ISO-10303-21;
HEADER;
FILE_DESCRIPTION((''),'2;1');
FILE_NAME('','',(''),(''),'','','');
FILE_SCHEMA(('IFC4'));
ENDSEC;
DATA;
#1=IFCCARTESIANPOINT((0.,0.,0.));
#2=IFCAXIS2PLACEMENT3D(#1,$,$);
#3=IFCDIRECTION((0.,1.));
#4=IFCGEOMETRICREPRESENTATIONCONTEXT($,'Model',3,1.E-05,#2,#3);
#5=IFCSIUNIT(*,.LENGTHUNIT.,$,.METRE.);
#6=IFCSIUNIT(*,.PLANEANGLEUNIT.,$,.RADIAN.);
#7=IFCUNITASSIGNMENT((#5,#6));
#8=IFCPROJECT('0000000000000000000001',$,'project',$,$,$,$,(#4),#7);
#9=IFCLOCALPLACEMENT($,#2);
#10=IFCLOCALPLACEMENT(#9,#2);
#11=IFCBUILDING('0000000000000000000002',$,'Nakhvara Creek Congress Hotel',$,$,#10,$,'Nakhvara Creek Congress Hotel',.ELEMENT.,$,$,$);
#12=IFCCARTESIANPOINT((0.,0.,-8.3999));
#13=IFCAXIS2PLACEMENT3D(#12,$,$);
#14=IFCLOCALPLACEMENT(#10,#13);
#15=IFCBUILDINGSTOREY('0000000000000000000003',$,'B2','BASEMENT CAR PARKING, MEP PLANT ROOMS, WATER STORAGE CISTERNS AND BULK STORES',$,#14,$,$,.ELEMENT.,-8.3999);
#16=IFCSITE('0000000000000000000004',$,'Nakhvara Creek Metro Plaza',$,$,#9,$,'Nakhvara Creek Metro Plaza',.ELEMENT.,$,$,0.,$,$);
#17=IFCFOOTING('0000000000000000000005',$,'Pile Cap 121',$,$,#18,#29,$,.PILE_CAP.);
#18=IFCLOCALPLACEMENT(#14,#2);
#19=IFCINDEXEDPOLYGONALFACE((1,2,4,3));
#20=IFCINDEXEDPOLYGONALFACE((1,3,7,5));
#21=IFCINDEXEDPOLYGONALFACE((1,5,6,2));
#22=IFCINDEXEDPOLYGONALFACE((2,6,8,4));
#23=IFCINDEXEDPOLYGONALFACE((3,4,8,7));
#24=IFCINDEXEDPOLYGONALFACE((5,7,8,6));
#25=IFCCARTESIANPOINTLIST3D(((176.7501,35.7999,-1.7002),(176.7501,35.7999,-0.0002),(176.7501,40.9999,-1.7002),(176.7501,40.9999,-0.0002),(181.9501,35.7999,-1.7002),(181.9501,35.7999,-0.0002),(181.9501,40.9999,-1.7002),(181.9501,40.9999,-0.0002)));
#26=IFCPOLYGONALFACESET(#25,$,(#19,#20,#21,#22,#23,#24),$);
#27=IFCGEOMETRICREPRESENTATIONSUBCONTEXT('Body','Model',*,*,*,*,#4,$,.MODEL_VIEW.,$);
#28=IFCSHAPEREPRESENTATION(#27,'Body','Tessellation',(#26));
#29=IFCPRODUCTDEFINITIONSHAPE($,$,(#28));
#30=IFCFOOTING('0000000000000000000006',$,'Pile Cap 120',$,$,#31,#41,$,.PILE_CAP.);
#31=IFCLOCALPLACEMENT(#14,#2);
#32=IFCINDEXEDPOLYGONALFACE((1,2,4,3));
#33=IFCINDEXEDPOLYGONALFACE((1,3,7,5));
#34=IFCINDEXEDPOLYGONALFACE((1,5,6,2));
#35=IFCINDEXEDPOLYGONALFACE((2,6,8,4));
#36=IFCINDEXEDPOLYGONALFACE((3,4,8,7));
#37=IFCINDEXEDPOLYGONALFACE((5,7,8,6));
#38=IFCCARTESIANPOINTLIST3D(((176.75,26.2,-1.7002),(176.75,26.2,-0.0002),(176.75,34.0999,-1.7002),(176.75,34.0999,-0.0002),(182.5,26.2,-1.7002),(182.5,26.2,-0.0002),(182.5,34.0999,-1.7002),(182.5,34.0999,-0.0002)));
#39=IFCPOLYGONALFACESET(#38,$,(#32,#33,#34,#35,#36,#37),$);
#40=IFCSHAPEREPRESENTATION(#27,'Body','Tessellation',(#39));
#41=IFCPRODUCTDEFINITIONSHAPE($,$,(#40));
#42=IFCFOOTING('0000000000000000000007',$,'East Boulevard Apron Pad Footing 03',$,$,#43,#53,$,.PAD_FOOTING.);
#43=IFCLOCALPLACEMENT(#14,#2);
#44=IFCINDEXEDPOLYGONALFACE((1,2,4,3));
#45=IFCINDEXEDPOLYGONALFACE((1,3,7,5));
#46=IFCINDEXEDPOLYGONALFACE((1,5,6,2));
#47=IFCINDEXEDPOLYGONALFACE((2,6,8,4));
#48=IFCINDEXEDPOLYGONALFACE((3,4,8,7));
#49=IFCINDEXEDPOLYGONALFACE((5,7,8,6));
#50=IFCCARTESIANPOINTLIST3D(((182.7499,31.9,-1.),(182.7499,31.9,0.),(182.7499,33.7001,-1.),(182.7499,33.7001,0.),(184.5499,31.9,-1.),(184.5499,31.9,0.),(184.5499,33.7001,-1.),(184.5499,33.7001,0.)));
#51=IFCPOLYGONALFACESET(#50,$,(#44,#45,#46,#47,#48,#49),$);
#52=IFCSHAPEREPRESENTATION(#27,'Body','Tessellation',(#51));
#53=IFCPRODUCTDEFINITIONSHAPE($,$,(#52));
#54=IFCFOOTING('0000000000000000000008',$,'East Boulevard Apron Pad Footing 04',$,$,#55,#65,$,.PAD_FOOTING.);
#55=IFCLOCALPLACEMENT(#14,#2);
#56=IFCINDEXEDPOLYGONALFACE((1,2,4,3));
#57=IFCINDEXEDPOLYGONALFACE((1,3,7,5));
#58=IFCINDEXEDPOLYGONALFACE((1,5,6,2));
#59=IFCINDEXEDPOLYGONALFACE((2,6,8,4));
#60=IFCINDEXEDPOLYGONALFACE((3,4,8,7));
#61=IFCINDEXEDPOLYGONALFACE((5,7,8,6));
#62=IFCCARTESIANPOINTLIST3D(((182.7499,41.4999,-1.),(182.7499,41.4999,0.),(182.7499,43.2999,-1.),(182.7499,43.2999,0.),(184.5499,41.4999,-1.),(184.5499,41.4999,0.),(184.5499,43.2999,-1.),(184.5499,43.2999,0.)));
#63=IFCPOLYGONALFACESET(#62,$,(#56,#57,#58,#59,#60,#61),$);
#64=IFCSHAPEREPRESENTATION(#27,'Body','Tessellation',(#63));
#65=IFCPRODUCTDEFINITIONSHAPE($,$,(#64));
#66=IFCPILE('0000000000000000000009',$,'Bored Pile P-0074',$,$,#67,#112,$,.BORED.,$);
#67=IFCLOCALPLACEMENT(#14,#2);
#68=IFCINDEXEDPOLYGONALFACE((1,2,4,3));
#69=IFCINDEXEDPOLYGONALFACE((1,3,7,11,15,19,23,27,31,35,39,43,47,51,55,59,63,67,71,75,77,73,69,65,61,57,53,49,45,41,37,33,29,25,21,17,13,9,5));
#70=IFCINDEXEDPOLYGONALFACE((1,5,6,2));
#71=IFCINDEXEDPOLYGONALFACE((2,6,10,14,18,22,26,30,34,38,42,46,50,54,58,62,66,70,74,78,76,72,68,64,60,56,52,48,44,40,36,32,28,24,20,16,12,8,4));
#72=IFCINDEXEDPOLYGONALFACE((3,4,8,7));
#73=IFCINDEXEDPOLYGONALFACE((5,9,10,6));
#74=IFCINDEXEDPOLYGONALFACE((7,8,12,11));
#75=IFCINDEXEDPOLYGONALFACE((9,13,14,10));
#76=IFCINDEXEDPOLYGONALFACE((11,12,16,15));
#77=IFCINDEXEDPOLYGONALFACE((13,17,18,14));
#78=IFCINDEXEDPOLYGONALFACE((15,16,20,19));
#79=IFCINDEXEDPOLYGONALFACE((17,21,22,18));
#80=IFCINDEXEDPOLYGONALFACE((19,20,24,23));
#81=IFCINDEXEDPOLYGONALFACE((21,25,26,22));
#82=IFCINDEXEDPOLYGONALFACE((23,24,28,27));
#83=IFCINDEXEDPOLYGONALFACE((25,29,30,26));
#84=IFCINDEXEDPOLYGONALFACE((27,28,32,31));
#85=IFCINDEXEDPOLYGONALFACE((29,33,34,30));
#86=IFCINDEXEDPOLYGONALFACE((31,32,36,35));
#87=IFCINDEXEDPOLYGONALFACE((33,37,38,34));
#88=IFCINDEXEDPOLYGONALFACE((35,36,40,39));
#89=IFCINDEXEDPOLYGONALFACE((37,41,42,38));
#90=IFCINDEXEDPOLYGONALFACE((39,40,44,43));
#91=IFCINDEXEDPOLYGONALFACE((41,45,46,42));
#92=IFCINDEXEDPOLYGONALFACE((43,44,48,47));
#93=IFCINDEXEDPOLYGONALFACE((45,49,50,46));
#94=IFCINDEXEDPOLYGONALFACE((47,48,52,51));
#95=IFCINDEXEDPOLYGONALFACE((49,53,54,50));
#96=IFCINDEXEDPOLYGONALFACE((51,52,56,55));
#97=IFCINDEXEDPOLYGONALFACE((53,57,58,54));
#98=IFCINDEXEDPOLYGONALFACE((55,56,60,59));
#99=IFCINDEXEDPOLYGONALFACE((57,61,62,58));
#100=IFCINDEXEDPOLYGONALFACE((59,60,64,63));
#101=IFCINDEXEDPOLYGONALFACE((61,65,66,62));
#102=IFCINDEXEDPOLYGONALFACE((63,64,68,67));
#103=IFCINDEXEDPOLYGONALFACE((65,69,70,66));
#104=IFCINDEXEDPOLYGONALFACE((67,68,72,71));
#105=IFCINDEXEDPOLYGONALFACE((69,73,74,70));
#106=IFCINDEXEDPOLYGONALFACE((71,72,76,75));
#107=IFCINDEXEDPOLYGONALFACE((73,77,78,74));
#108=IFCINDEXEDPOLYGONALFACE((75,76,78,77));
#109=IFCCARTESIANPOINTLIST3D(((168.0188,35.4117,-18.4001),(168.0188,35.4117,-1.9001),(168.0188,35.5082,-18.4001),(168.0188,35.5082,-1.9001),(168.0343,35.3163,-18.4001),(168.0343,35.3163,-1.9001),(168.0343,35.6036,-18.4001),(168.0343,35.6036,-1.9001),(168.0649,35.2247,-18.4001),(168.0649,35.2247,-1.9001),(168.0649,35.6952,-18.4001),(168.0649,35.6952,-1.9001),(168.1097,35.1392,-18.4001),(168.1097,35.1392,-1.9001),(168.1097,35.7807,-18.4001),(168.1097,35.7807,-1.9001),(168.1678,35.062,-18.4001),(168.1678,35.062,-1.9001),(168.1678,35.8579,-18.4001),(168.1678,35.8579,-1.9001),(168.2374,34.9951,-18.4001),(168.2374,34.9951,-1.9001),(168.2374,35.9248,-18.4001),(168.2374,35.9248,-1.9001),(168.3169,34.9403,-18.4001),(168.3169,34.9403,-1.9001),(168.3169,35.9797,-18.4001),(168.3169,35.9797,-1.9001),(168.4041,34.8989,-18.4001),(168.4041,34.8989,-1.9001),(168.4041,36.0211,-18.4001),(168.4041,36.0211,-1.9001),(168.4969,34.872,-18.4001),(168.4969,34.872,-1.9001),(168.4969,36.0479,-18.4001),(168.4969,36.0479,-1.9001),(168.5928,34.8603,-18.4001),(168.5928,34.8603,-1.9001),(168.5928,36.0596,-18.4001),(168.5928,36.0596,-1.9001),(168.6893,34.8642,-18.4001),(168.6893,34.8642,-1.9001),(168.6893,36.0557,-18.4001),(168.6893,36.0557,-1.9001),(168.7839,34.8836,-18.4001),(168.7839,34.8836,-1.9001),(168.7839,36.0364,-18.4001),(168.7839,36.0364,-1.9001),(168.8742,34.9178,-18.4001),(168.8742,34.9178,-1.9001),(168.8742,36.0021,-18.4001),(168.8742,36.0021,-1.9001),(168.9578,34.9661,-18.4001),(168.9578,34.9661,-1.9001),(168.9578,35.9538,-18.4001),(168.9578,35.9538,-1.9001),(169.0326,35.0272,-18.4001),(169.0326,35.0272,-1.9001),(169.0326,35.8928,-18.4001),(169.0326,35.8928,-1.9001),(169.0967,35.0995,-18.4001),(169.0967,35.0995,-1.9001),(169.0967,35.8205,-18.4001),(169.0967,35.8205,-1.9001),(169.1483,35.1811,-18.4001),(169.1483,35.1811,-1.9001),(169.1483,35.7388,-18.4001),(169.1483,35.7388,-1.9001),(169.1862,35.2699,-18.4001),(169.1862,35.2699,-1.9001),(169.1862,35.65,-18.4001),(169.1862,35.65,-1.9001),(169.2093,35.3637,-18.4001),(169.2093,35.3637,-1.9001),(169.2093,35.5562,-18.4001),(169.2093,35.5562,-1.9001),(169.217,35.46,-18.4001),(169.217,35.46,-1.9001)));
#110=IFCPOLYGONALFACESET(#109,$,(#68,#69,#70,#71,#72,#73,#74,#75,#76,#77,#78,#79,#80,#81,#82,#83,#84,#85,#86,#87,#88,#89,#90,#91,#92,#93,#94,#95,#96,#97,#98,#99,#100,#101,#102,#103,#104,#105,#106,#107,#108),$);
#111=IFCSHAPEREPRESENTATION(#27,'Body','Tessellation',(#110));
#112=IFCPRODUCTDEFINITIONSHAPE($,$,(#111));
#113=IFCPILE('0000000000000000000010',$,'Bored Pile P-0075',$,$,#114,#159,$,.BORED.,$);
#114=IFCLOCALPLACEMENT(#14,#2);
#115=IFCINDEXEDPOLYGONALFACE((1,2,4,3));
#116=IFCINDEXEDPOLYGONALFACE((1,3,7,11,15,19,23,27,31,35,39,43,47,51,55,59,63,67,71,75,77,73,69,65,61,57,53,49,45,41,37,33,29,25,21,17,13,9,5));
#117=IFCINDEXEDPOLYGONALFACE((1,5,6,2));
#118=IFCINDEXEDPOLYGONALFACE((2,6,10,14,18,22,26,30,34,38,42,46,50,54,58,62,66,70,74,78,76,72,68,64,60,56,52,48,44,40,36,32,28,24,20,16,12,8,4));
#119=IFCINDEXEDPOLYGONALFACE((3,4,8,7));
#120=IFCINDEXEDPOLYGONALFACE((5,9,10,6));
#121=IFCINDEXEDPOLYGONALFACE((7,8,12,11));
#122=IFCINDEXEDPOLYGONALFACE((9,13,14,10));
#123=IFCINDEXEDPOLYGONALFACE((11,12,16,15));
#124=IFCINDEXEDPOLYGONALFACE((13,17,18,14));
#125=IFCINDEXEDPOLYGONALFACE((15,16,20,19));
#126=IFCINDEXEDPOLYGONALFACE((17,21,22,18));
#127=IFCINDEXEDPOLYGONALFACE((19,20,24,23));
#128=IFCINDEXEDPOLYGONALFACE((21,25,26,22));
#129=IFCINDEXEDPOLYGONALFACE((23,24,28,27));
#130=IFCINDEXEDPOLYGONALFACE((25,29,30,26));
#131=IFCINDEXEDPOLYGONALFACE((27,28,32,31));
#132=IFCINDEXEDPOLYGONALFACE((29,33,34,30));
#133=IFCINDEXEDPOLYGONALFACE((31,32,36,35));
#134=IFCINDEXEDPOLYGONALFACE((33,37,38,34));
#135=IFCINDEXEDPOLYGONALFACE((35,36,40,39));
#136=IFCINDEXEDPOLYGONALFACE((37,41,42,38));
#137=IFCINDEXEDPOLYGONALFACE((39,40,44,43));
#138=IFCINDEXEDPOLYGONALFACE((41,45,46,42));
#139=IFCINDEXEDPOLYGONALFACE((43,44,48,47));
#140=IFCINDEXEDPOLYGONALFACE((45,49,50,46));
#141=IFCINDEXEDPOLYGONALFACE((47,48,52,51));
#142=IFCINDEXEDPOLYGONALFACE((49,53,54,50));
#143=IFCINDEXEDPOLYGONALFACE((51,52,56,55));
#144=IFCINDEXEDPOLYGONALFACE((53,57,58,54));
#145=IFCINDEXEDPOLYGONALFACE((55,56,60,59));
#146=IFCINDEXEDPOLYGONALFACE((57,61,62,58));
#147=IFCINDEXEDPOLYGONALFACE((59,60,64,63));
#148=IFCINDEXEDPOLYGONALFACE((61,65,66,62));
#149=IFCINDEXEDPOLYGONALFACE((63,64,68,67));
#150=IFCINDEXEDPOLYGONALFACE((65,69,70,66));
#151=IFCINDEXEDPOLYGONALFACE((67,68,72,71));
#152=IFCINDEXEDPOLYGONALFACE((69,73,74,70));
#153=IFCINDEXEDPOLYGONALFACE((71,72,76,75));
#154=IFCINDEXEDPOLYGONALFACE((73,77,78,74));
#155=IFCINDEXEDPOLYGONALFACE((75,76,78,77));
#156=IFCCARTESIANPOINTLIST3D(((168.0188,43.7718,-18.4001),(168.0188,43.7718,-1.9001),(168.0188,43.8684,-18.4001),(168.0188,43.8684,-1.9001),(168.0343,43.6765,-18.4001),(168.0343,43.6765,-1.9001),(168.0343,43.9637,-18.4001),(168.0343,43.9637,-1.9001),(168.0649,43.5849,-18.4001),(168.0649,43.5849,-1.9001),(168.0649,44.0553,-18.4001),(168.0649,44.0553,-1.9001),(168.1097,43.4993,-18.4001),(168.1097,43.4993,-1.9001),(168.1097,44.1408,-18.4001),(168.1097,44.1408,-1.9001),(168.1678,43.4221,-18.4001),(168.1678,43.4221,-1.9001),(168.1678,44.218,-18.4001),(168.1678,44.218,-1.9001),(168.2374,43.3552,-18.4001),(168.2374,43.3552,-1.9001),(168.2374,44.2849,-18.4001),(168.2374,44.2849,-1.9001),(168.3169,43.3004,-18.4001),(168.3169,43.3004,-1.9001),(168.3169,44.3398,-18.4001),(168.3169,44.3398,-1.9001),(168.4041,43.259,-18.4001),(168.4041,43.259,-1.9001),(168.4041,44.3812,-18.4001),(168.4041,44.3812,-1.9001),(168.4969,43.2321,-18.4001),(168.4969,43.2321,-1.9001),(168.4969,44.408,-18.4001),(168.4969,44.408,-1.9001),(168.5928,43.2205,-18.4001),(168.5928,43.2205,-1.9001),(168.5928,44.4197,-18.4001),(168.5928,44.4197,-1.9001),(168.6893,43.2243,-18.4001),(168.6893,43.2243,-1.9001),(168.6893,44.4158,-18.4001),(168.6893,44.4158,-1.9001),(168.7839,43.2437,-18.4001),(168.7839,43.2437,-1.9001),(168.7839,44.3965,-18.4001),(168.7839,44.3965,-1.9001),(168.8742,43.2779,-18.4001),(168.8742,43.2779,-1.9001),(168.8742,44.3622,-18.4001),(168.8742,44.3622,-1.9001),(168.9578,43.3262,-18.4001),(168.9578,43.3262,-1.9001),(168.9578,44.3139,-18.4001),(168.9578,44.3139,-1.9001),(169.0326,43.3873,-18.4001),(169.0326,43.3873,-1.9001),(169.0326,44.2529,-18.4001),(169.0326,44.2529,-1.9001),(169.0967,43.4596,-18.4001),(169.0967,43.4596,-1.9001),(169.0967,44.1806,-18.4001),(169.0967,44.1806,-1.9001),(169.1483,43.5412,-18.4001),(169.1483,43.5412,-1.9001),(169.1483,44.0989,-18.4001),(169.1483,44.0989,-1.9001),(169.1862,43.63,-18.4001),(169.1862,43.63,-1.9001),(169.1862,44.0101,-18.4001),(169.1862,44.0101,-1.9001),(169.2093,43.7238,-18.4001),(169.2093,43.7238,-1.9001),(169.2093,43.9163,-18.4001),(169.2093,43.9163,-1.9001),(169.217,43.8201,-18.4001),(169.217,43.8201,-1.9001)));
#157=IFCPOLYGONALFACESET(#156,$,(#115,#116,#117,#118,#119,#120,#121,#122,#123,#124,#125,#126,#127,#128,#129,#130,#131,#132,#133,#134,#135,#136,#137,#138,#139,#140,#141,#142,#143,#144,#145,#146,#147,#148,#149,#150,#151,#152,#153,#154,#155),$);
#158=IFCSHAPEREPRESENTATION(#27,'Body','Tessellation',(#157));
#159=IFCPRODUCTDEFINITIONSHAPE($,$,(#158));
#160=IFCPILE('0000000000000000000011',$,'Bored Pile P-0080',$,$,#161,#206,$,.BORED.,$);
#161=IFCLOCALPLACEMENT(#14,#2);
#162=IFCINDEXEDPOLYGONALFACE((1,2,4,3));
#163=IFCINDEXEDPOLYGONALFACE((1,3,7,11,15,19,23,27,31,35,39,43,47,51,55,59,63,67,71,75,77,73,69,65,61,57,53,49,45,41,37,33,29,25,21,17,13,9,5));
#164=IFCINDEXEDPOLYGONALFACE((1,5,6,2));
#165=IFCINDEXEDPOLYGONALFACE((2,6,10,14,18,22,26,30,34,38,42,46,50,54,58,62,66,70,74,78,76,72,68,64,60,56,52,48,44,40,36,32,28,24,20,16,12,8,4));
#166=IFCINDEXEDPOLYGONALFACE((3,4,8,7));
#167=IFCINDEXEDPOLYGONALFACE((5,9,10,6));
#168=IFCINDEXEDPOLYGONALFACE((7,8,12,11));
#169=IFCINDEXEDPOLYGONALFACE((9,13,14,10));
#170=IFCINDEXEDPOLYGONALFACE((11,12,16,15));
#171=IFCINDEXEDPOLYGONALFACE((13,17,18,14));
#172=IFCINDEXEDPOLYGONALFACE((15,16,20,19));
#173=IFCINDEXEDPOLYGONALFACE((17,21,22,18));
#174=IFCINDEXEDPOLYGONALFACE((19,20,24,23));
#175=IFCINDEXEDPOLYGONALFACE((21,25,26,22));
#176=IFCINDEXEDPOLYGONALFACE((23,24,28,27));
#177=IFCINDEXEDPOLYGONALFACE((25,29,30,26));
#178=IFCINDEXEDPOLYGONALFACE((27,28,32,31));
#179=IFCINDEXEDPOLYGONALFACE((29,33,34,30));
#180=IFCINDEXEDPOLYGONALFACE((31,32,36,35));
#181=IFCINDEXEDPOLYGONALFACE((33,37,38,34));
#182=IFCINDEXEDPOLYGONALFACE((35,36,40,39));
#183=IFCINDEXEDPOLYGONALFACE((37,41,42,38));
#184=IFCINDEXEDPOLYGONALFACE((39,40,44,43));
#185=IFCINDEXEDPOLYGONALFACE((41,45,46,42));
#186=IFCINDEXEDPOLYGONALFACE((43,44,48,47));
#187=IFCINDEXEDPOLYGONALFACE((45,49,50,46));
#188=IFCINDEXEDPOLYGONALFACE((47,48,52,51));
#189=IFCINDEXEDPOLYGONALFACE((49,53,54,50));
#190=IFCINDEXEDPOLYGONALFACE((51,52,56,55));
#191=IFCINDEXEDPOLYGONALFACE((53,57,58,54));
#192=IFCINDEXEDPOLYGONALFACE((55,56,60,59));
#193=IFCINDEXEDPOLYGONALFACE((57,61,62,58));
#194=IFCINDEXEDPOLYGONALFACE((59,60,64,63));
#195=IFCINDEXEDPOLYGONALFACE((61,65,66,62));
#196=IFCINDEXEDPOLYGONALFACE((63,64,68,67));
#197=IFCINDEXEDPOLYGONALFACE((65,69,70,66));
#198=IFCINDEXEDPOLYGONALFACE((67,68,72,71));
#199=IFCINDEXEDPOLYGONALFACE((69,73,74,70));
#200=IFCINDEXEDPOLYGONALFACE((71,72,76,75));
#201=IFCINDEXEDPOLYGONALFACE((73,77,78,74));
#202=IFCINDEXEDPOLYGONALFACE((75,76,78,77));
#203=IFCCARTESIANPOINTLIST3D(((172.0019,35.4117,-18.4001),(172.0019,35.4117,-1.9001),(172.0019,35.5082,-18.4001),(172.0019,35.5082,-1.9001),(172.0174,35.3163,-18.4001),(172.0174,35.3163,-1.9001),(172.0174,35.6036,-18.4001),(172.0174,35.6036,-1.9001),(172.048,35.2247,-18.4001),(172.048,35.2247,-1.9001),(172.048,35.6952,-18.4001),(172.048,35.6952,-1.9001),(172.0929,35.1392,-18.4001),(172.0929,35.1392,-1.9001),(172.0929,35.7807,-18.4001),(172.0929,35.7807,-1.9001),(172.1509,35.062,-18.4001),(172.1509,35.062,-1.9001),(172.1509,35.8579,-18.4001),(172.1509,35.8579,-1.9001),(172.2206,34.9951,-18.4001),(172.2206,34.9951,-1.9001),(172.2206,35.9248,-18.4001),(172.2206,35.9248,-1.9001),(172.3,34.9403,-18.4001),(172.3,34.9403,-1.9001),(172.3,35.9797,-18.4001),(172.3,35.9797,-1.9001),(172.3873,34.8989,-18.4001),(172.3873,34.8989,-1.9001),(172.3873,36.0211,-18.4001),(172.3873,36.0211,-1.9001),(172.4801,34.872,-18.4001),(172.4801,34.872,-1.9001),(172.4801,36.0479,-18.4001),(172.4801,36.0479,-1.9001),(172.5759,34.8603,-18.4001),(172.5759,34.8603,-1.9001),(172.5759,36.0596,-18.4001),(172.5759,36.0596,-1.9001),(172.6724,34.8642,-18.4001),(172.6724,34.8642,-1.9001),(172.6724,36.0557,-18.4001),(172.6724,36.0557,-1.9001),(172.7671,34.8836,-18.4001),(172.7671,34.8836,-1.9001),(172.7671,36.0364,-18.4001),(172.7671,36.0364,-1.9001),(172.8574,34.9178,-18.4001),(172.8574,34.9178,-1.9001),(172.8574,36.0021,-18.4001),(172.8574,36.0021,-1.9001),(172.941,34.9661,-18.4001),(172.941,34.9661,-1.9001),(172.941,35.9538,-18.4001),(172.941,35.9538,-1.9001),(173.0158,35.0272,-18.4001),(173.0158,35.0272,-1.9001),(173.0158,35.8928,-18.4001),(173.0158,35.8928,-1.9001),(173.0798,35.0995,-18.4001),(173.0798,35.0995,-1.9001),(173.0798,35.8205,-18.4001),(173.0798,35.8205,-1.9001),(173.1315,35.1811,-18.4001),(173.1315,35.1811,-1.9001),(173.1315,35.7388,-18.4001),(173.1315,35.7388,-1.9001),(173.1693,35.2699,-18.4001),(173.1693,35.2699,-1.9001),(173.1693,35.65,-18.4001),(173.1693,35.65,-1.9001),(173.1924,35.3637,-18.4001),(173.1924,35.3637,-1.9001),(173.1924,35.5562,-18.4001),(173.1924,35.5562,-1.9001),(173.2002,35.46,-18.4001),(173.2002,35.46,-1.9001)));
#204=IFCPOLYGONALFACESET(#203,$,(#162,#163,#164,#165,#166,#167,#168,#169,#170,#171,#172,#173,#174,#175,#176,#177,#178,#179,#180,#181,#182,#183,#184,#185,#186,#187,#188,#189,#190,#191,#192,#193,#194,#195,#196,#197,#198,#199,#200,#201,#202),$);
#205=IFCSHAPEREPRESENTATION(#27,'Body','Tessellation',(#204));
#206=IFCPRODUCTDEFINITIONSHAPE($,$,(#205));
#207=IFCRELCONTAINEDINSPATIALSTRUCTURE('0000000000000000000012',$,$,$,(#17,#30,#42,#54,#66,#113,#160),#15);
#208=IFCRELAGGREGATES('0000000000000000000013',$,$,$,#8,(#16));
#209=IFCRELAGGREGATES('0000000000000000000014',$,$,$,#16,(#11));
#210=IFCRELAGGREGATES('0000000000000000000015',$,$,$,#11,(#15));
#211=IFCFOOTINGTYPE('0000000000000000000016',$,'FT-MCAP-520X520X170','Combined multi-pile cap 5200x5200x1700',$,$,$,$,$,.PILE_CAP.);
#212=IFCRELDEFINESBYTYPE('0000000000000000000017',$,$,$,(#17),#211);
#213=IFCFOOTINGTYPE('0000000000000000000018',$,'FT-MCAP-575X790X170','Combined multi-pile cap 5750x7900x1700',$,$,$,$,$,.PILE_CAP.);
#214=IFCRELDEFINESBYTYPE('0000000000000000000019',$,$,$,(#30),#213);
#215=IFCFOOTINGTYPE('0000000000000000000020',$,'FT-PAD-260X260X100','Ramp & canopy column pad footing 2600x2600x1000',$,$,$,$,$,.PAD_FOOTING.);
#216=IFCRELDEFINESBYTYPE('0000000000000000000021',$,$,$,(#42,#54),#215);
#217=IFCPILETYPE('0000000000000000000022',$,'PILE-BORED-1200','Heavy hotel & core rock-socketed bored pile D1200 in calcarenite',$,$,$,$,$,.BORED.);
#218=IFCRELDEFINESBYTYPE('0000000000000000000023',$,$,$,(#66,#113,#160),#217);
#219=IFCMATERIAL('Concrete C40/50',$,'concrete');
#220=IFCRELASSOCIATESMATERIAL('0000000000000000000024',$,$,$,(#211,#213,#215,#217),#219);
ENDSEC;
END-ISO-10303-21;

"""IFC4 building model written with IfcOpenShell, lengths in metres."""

from ifc_helpers import new_model, si_unit, direction, frame, origin, origin_2d, place, context, subcontext, project, spatial, rectangle, circle, extrude, material, material_profile, profile_set, type_object, element, save


model = new_model("IFC4")

# Units and contexts
model_context = context("Model", 3, precision=1e-05, world=origin(), true_north=direction((0.0, 1.0)))
body_context = subcontext(model_context, "Body", "Model", "MODEL_VIEW")
ifc_project = project(units=[si_unit("LENGTHUNIT", "METRE"), si_unit("PLANEANGLEUNIT", "RADIAN")], contexts=[model_context])

# Site, building, storey
site_placement = place(None, origin())
site = spatial("IfcSite", under=ifc_project, at=site_placement, Name="Nakhvara Creek Metro Plaza", LongName="Nakhvara Creek Metro Plaza", CompositionType="ELEMENT", RefElevation=0.0)
building_placement = place(site_placement, origin())
building = spatial("IfcBuilding", under=site, at=building_placement, Name="Nakhvara Creek Congress Hotel", LongName="Nakhvara Creek Congress Hotel", CompositionType="ELEMENT")
storey_placement = place(building_placement, frame((0.0, 0.0, -8.3999)))
storey = spatial("IfcBuildingStorey", under=building, at=storey_placement, Name="B2", Description="BASEMENT CAR PARKING, MEP PLANT ROOMS, WATER STORAGE CISTERNS AND BULK STORES", CompositionType="ELEMENT", Elevation=-8.3999)

# Footings
ifc_material_1 = material(Name="Concrete C40/50", Category="concrete")
footing_type_1 = type_object("IfcFootingType", Name="FT-MCAP-520X520X170", Description="Combined multi-pile cap 5200x5200x1700", PredefinedType="PILE_CAP", material=ifc_material_1)
footing_1_placement = place(storey_placement, frame((179.3501, 38.3999, -1.7002), z_axis=(0.0, 0.0, 1.0), x_axis=(1.0, 0.0, 0.0)))
element("IfcFooting", 1, at=footing_1_placement, inside=storey, type_object=footing_type_1, Name="Pile Cap 121", PredefinedType="PILE_CAP", context=body_context, shape_type="SweptSolid", body=[
    extrude(rectangle(XDim=5.2, YDim=5.2, at=origin_2d()), origin(), (0.0, 0.0, 1.0), 1.7),
])
footing_type_2 = type_object("IfcFootingType", Name="FT-MCAP-575X790X170", Description="Combined multi-pile cap 5750x7900x1700", PredefinedType="PILE_CAP", material=ifc_material_1)
footing_2_placement = place(storey_placement, frame((179.625, 30.1499, -1.7002), z_axis=(0.0, 0.0, 1.0), x_axis=(1.0, 0.0, 0.0)))
element("IfcFooting", 2, at=footing_2_placement, inside=storey, type_object=footing_type_2, Name="Pile Cap 120", PredefinedType="PILE_CAP", context=body_context, shape_type="SweptSolid", body=[
    extrude(rectangle(XDim=5.75, YDim=7.8999, at=origin_2d()), origin(), (0.0, 0.0, 1.0), 1.7),
])
footing_type_3 = type_object("IfcFootingType", Name="FT-PAD-260X260X100", Description="Ramp & canopy column pad footing 2600x2600x1000", PredefinedType="PAD_FOOTING", material=ifc_material_1)
for number, where, z_axis, x_axis, name in (
    (3, (183.6499, 32.8, -1.0), (0.0, 0.0, 1.0), (1.0, 0.0, 0.0), "East Boulevard Apron Pad Footing 03"),
    (4, (183.6499, 42.3999, -1.0), (0.0, 0.0, 1.0), (1.0, 0.0, 0.0), "East Boulevard Apron Pad Footing 04"),
):
    element("IfcFooting", number, at=place(storey_placement, frame(where, z_axis=z_axis, x_axis=x_axis)), inside=storey, type_object=footing_type_3, Name=name, PredefinedType="PAD_FOOTING", context=body_context, shape_type="SweptSolid", body=[
        extrude(rectangle(XDim=1.8, YDim=1.8, at=origin_2d()), origin(), (0.0, 0.0, 1.0), 1.0),
    ])

# Piles
ifc_material_profile_1 = material_profile(ifc_material_1, circle(Radius=0.6001, at=origin_2d()), Name="BORED PILE D1200", Category="LoadBearing")
ifc_profile_set_1 = profile_set([ifc_material_profile_1], Name="Concrete C40/50")
pile_type = type_object("IfcPileType", Name="PILE-BORED-1200", Description="Heavy hotel & core rock-socketed bored pile D1200 in calcarenite", PredefinedType="BORED", material=ifc_profile_set_1)
for number, where, z_axis, x_axis, name in (
    (5, (168.6169, 35.46, -1.9001), (0.0, 0.0, -1.0), (1.0, 0.0, 0.0), "Bored Pile P-0074"),
    (6, (168.6169, 43.8201, -1.9001), (0.0, 0.0, -1.0), (1.0, 0.0, 0.0), "Bored Pile P-0075"),
    (7, (172.6001, 35.46, -1.9001), (0.0, 0.0, -1.0), (1.0, 0.0, 0.0), "Bored Pile P-0080"),
):
    element("IfcPile", number, at=place(storey_placement, frame(where, z_axis=z_axis, x_axis=x_axis)), inside=storey, type_object=pile_type, Name=name, PredefinedType="BORED", context=body_context, shape_type="SweptSolid", body=[
        extrude(circle(Radius=0.6001, at=origin_2d()), origin(), (0.0, 0.0, 1.0), 16.5),
    ])

save(model, "model.ifc")
